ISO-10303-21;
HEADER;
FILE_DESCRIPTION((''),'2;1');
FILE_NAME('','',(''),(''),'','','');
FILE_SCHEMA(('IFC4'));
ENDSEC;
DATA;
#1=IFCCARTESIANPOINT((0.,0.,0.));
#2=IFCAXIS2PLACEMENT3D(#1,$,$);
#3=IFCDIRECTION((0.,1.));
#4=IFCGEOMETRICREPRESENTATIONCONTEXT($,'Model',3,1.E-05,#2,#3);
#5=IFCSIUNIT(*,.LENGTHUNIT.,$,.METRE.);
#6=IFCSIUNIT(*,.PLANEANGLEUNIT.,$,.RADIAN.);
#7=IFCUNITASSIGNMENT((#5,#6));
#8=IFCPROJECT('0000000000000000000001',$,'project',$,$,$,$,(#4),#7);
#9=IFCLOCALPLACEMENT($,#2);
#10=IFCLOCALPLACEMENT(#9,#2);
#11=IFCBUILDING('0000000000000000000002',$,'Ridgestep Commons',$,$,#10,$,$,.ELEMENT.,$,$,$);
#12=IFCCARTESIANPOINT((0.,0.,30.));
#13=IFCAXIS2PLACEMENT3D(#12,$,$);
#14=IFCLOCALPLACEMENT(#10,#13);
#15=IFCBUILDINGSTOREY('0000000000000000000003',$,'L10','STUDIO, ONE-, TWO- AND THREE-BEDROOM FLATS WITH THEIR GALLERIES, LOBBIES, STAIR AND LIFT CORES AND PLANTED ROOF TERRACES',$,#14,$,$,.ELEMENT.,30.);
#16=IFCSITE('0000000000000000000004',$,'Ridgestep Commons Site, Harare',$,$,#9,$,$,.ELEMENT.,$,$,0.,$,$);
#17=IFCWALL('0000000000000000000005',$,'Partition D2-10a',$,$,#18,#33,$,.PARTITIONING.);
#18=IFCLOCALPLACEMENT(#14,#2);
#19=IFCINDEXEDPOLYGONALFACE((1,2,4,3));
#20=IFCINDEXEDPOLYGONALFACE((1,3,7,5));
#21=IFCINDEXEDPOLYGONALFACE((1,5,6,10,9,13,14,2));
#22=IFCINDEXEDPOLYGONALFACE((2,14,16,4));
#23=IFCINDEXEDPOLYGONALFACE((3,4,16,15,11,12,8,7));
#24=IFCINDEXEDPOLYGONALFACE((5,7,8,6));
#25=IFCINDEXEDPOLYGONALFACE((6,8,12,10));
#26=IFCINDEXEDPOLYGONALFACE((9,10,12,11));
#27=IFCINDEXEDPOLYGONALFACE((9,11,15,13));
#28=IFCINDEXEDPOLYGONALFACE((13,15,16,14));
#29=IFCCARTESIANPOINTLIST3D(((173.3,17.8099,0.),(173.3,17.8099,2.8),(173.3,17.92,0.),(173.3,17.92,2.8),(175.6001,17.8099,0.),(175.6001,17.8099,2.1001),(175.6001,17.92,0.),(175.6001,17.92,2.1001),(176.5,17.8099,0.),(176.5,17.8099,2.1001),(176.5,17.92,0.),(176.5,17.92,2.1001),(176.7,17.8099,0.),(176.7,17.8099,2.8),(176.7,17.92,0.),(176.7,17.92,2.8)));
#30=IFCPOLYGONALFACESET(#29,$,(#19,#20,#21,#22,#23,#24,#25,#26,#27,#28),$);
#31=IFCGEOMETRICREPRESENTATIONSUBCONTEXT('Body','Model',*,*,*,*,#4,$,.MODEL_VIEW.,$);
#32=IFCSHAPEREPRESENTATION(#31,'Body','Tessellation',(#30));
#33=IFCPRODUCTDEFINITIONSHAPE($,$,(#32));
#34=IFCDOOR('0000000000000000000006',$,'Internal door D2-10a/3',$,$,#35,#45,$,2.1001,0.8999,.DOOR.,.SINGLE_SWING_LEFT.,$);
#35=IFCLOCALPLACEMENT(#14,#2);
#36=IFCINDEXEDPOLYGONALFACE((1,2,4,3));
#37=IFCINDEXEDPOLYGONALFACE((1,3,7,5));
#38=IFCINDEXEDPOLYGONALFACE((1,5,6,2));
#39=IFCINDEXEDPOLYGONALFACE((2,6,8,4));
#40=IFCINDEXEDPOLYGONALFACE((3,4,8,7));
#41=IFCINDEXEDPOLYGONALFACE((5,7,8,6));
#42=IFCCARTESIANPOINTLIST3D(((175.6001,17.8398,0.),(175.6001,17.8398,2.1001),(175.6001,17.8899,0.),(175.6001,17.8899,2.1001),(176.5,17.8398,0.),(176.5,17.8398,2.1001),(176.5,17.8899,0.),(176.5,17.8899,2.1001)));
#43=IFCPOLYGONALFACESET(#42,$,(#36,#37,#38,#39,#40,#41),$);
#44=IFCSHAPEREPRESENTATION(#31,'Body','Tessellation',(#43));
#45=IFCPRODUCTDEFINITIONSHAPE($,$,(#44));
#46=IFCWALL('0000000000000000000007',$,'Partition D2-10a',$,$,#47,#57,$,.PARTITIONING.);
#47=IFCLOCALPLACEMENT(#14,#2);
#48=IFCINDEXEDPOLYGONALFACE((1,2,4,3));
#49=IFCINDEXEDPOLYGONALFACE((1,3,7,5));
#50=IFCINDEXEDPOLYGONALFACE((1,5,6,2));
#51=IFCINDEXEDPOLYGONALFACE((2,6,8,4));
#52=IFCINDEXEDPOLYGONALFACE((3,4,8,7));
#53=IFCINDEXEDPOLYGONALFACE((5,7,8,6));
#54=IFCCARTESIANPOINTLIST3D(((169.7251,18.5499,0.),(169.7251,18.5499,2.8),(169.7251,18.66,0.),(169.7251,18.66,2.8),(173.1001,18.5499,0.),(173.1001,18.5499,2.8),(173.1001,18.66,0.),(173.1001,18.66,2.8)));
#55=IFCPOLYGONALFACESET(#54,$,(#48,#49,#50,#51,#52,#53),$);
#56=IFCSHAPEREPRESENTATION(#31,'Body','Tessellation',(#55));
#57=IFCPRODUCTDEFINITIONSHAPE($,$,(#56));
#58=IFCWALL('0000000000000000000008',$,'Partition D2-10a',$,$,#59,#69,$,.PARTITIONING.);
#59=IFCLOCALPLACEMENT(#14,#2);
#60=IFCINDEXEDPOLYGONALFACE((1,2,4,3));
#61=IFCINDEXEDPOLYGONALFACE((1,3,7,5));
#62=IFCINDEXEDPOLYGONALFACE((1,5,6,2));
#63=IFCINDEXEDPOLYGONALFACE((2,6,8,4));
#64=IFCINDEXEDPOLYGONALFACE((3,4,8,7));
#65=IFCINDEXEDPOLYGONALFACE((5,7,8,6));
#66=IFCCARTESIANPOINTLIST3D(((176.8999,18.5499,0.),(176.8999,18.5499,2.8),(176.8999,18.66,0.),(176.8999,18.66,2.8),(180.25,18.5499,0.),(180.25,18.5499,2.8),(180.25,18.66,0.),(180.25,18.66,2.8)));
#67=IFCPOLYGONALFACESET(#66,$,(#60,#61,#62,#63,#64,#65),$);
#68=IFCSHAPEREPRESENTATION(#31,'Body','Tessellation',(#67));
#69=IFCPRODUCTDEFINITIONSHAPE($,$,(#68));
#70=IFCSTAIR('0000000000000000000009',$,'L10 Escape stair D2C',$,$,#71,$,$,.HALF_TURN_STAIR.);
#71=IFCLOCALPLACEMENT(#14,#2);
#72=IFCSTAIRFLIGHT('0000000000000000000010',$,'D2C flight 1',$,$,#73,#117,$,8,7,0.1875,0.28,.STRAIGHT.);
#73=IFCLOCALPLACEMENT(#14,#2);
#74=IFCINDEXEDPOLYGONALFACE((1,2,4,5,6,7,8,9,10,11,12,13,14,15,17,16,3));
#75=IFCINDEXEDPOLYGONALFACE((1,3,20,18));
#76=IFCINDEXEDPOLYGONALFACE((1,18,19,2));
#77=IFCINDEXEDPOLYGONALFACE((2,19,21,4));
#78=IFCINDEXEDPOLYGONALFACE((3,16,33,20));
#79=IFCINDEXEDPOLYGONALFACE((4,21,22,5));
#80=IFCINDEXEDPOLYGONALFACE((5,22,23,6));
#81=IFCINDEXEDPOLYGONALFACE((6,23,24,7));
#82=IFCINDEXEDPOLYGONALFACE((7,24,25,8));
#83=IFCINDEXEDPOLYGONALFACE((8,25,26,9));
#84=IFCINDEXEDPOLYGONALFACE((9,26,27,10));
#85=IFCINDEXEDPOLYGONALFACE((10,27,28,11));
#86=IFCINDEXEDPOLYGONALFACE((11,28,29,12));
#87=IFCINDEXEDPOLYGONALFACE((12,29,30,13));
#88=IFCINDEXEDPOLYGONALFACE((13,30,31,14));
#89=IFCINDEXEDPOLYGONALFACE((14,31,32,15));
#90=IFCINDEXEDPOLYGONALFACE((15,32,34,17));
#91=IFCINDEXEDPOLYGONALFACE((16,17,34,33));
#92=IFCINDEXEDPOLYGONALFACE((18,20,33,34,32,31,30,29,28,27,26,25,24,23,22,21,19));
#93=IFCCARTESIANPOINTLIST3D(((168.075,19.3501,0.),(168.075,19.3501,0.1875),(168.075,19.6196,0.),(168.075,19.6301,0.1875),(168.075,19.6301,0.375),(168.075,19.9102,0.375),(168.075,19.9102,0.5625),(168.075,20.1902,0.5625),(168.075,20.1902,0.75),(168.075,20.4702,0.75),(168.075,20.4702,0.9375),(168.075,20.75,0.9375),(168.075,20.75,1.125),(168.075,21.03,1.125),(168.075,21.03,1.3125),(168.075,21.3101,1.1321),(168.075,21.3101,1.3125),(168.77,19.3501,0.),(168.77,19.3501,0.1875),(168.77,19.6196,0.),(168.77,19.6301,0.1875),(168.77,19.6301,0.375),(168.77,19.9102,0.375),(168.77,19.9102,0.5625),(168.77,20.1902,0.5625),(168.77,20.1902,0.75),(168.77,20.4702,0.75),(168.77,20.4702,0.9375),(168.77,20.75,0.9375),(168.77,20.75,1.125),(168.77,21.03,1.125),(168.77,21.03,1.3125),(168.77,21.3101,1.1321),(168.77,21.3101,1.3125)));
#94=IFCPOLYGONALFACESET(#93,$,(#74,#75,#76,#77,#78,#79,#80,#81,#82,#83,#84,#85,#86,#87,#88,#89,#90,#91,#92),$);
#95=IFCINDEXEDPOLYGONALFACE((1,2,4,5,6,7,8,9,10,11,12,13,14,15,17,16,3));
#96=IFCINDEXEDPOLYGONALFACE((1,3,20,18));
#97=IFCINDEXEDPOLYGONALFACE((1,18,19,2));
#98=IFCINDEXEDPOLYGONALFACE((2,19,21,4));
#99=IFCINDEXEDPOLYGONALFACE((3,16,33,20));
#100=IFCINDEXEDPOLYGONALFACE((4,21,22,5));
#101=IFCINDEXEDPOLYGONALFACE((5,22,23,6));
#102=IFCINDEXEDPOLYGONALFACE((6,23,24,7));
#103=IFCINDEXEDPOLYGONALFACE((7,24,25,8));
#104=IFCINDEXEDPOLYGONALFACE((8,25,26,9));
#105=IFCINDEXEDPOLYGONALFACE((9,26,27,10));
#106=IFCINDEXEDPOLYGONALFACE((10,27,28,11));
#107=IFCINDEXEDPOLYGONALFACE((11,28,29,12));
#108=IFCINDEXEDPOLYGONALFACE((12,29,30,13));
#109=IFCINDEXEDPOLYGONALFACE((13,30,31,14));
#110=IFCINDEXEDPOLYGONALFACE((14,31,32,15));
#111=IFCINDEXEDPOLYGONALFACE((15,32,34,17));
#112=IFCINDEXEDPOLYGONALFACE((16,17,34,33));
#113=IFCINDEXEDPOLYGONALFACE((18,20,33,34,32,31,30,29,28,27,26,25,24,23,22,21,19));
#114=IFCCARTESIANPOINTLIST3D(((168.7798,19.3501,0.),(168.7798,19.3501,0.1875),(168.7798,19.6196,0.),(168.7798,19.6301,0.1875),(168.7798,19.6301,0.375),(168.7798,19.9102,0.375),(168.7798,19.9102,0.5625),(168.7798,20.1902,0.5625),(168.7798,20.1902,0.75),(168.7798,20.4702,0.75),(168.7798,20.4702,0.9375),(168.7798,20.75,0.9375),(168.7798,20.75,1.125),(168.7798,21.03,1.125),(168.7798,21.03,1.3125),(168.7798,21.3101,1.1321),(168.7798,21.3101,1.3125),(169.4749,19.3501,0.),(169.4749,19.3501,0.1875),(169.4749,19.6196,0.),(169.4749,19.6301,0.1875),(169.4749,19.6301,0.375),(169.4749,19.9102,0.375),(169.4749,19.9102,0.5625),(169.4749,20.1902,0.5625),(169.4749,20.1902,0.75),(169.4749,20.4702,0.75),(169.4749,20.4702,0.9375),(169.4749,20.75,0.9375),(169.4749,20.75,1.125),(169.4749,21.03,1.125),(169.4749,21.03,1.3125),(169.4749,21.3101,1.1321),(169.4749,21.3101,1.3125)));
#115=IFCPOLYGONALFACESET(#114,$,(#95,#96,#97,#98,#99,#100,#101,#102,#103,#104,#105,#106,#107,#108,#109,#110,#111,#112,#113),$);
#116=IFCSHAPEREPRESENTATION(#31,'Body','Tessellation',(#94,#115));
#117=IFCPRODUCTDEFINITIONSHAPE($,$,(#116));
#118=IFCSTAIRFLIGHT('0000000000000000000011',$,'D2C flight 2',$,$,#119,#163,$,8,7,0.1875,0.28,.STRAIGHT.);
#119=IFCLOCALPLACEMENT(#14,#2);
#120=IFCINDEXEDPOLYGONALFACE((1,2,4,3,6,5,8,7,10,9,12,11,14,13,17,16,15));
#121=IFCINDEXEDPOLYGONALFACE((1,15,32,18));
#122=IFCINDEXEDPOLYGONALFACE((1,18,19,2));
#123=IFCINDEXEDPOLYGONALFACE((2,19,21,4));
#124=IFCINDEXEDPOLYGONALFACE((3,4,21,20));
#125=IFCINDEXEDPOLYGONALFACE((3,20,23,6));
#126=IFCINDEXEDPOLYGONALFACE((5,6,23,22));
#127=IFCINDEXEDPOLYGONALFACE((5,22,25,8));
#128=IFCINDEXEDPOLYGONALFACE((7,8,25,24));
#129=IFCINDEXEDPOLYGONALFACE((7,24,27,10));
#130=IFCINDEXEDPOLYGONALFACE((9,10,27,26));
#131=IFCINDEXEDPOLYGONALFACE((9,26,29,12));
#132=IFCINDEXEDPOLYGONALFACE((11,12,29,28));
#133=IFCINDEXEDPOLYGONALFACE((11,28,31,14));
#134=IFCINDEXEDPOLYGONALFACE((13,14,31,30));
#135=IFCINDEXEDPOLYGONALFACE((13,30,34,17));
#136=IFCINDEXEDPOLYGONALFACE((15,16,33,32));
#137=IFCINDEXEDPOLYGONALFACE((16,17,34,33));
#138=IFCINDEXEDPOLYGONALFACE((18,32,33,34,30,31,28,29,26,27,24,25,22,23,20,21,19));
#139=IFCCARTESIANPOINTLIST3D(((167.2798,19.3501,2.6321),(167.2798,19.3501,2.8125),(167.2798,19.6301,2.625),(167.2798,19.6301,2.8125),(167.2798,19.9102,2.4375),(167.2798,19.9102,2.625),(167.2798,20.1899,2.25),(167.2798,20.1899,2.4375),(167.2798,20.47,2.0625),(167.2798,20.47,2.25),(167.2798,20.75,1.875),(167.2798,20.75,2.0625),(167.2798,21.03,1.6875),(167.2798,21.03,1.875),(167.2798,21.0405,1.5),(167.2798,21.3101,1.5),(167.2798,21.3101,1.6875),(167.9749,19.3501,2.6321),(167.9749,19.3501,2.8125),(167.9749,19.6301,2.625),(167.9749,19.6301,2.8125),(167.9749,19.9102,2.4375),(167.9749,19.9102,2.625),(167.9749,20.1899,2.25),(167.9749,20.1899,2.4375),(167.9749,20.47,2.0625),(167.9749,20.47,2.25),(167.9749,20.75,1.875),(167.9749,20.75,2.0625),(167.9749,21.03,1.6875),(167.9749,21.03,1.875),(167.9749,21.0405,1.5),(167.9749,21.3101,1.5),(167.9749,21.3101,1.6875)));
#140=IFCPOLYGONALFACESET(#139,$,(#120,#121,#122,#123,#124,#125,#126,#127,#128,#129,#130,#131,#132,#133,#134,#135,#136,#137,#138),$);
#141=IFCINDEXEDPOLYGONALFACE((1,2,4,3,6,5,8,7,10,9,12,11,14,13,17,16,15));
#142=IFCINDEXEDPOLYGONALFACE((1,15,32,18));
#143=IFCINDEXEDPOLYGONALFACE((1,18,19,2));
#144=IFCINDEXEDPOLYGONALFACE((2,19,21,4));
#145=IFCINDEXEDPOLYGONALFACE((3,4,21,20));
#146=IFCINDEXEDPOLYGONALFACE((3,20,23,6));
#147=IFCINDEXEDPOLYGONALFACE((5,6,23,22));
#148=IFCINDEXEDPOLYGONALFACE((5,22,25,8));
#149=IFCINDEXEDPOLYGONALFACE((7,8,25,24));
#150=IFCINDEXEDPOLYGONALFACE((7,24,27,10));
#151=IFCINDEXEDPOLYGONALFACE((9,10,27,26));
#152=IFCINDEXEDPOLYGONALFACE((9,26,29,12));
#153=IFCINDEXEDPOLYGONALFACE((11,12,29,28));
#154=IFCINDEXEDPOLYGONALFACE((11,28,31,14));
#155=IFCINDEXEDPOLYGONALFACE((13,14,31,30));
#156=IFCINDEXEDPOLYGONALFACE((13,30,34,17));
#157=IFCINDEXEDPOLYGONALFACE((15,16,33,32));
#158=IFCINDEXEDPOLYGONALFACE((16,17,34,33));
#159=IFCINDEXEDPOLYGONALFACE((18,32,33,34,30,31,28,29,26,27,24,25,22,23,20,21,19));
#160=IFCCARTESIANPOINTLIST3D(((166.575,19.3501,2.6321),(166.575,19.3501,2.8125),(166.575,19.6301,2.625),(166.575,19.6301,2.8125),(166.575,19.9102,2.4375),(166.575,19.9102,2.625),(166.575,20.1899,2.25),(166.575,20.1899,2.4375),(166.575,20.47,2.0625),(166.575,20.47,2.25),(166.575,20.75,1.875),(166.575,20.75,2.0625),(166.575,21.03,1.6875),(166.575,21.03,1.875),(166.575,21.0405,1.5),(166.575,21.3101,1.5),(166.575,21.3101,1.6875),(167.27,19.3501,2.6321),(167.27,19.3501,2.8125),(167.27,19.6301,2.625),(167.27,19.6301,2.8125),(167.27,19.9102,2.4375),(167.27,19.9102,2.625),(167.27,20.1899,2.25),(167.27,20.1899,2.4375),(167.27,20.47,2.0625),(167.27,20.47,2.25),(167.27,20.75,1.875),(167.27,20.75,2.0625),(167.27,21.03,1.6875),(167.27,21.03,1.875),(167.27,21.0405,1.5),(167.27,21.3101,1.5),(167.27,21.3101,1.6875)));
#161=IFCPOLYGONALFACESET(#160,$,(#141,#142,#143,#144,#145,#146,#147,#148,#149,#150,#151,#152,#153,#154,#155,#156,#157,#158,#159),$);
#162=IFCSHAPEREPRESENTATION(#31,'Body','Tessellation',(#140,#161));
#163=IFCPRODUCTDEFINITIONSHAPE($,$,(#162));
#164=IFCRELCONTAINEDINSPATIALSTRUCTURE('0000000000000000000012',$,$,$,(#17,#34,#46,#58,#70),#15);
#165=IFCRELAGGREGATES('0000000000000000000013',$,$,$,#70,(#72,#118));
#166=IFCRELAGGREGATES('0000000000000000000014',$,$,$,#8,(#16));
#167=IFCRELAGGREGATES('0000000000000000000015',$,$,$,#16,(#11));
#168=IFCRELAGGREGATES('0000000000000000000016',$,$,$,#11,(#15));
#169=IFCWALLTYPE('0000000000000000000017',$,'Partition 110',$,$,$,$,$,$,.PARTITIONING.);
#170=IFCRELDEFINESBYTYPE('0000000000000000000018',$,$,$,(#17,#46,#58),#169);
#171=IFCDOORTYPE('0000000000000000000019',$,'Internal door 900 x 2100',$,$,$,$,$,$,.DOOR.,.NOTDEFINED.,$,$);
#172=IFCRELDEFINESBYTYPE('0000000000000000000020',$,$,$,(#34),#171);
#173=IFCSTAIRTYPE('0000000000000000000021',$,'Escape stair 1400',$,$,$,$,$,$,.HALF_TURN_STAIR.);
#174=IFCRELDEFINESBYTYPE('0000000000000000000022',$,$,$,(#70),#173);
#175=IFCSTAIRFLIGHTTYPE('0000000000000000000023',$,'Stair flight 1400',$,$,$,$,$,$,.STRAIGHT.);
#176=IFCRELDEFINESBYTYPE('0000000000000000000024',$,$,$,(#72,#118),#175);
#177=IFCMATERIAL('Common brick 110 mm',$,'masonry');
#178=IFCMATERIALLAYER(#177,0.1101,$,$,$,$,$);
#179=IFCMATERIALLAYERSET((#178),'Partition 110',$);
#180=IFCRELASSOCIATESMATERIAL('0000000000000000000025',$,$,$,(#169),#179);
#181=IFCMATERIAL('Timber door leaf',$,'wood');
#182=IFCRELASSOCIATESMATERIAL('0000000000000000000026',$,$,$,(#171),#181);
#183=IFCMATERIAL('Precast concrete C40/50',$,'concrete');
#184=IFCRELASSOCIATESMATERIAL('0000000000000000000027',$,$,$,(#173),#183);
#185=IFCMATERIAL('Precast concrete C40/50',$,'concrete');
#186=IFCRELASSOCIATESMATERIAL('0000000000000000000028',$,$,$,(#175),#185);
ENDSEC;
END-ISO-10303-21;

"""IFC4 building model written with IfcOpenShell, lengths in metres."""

from ifc_helpers import new_model, si_unit, direction, frame, frame_2d, origin, place, context, subcontext, project, spatial, polyline, rectangle, outline, extrude, material, layer, layer_set, type_object, element, fill, aggregate, save


model = new_model("IFC4")

# Units and contexts
model_context = context("Model", 3, precision=1e-05, world=origin(), true_north=direction((0.0, 1.0)))
body_context = subcontext(model_context, "Body", "Model", "MODEL_VIEW")
ifc_project = project(units=[si_unit("LENGTHUNIT", "METRE"), si_unit("PLANEANGLEUNIT", "RADIAN")], contexts=[model_context])

# Site, building, storey
site_placement = place(None, origin())
site = spatial("IfcSite", under=ifc_project, at=site_placement, Name="Ridgestep Commons Site, Harare", CompositionType="ELEMENT", RefElevation=0.0)
building_placement = place(site_placement, origin())
building = spatial("IfcBuilding", under=site, at=building_placement, Name="Ridgestep Commons", CompositionType="ELEMENT")
storey_placement = place(building_placement, frame((0.0, 0.0, 30.0)))
storey = spatial("IfcBuildingStorey", under=building, at=storey_placement, Name="L10", Description="STUDIO, ONE-, TWO- AND THREE-BEDROOM FLATS WITH THEIR GALLERIES, LOBBIES, STAIR AND LIFT CORES AND PLANTED ROOF TERRACES", CompositionType="ELEMENT", Elevation=30.0)

# Wall, opening, door
ifc_material_1 = material(Name="Common brick 110 mm", Category="masonry")
ifc_layer_1 = layer(ifc_material_1, 0.1101)
ifc_layer_set_1 = layer_set([ifc_layer_1], Name="Partition 110")
wall_type_1 = type_object("IfcWallType", Name="Partition 110", PredefinedType="PARTITIONING", material=ifc_layer_set_1)
wall_1_placement = place(storey_placement, frame((173.3, 17.865, 0.0), z_axis=(0.0, 0.0, 1.0), x_axis=(1.0, 0.0, 0.0)))
wall_1 = element("IfcWall", 1, at=wall_1_placement, inside=storey, type_object=wall_type_1, Name="Partition D2-10a", PredefinedType="PARTITIONING", context=body_context, shape_type="SweptSolid", body=[
    extrude(rectangle(XDim=3.3999, YDim=0.1101, at=frame_2d((1.7, 0.0))), origin(), (0.0, 0.0, 1.0), 2.8),
])
opening_1_placement = place(wall_1_placement, frame((2.3, 0.0, 0.0)))
opening_1 = element("IfcOpeningElement", 2, at=opening_1_placement, cuts=wall_1, PredefinedType="OPENING", context=body_context, shape_type="SweptSolid", body=[
    extrude(rectangle(XDim=0.8999, YDim=2.1001, at=frame_2d((0.45, 1.05))), frame((0.0, 0.0649, 0.0), z_axis=(0.0, -1.0, 0.0), x_axis=(1.0, 0.0, 0.0)), (0.0, 0.0, 1.0), 0.1301),
])
ifc_material_2 = material(Name="Timber door leaf", Category="wood")
door_type_1 = type_object("IfcDoorType", Name="Internal door 900 x 2100", OperationType="NOTDEFINED", PredefinedType="DOOR", material=ifc_material_2)
door_1_placement = place(opening_1_placement, origin())
door_1 = element("IfcDoor", 3, at=door_1_placement, inside=storey, type_object=door_type_1, Name="Internal door D2-10a/3", OperationType="SINGLE_SWING_LEFT", OverallHeight=2.1001, OverallWidth=0.8999, PredefinedType="DOOR", context=body_context, shape_type="SweptSolid", body=[
    extrude(rectangle(XDim=0.8999, YDim=2.1001, at=frame_2d((0.45, 1.05))), frame((0.0, 0.0249, 0.0), z_axis=(0.0, -1.0, 0.0), x_axis=(1.0, 0.0, 0.0)), (0.0, 0.0, 1.0), 0.05),
])
fill(opening_1, door_1)

# Walls
wall_2_placement = place(storey_placement, frame((169.7251, 18.605, 0.0), z_axis=(0.0, 0.0, 1.0), x_axis=(1.0, 0.0, 0.0)))
element("IfcWall", 4, at=wall_2_placement, inside=storey, type_object=wall_type_1, Name="Partition D2-10a", PredefinedType="PARTITIONING", context=body_context, shape_type="SweptSolid", body=[
    extrude(rectangle(XDim=3.375, YDim=0.1101, at=frame_2d((1.6875, 0.0))), origin(), (0.0, 0.0, 1.0), 2.8),
])
wall_3_placement = place(storey_placement, frame((176.8999, 18.605, 0.0), z_axis=(0.0, 0.0, 1.0), x_axis=(1.0, 0.0, 0.0)))
element("IfcWall", 5, at=wall_3_placement, inside=storey, type_object=wall_type_1, Name="Partition D2-10a", PredefinedType="PARTITIONING", context=body_context, shape_type="SweptSolid", body=[
    extrude(rectangle(XDim=3.3501, YDim=0.1101, at=frame_2d((1.675, 0.0))), origin(), (0.0, 0.0, 1.0), 2.8),
])

# Stair, stair flights
ifc_material_3 = material(Name="Precast concrete C40/50", Category="concrete")
stair_type = type_object("IfcStairType", Name="Escape stair 1400", PredefinedType="HALF_TURN_STAIR", material=ifc_material_3)
stair_placement = place(storey_placement, origin())
stair = element("IfcStair", 6, at=stair_placement, inside=storey, type_object=stair_type, Name="L10 Escape stair D2C", PredefinedType="HALF_TURN_STAIR")
ifc_material_4 = material(Name="Precast concrete C40/50", Category="concrete")
stair_flight_type = type_object("IfcStairFlightType", Name="Stair flight 1400", PredefinedType="STRAIGHT", material=ifc_material_4)
stair_flight_1_placement = place(storey_placement, frame((168.7749, 19.3501, 0.0), z_axis=(0.0, 0.0, 1.0), x_axis=(0.0, 1.0, 0.0)))
stair_flight_1 = element("IfcStairFlight", 7, at=stair_flight_1_placement, type_object=stair_flight_type, Name="D2C flight 1", NumberOfRisers=8, NumberOfTreads=7, PredefinedType="STRAIGHT", RiserHeight=0.1875, TreadLength=0.28, context=body_context, shape_type="SweptSolid", body=[
    extrude(outline(polyline([(0.0, 0.0), (0.0, 0.1875), (0.28, 0.1875), (0.28, 0.375), (0.5601, 0.375), (0.5601, 0.5625), (0.8401, 0.5625), (0.8401, 0.75), (1.1201, 0.75), (1.1201, 0.9375), (1.3999, 0.9375), (1.3999, 1.125), (1.6799, 1.125), (1.6799, 1.3125), (1.96, 1.3125), (1.96, 1.5), (1.96, 1.1321), (0.2695, 0.0), (0.0, 0.0)])), frame((0.0, 0.7, 0.0), z_axis=(0.0, -1.0, 0.0), x_axis=(1.0, 0.0, 0.0)), (0.0, 0.0, 1.0), 0.6951),
    extrude(outline(polyline([(0.0, 0.0), (0.0, 0.1875), (0.28, 0.1875), (0.28, 0.375), (0.5601, 0.375), (0.5601, 0.5625), (0.8401, 0.5625), (0.8401, 0.75), (1.1201, 0.75), (1.1201, 0.9375), (1.3999, 0.9375), (1.3999, 1.125), (1.6799, 1.125), (1.6799, 1.3125), (1.96, 1.3125), (1.96, 1.5), (1.96, 1.1321), (0.2695, 0.0), (0.0, 0.0)])), frame((0.0, -0.0049, 0.0), z_axis=(0.0, -1.0, 0.0), x_axis=(1.0, 0.0, 0.0)), (0.0, 0.0, 1.0), 0.6951),
])
stair_flight_2_placement = place(storey_placement, frame((167.2749, 21.3101, 1.5), z_axis=(0.0, 0.0, 1.0), x_axis=(0.0, -1.0, 0.0)))
stair_flight_2 = element("IfcStairFlight", 8, at=stair_flight_2_placement, type_object=stair_flight_type, Name="D2C flight 2", NumberOfRisers=8, NumberOfTreads=7, PredefinedType="STRAIGHT", RiserHeight=0.1875, TreadLength=0.28, context=body_context, shape_type="SweptSolid", body=[
    extrude(outline(polyline([(0.0, 0.0), (0.0, 0.1875), (0.28, 0.1875), (0.28, 0.375), (0.5601, 0.375), (0.5601, 0.5625), (0.8401, 0.5625), (0.8401, 0.75), (1.1201, 0.75), (1.1201, 0.9375), (1.3999, 0.9375), (1.3999, 1.125), (1.6799, 1.125), (1.6799, 1.3125), (1.96, 1.3125), (1.96, 1.5), (1.96, 1.1321), (0.2695, 0.0), (0.0, 0.0)])), frame((0.0, 0.7, 0.0), z_axis=(0.0, -1.0, 0.0), x_axis=(1.0, 0.0, 0.0)), (0.0, 0.0, 1.0), 0.6951),
    extrude(outline(polyline([(0.0, 0.0), (0.0, 0.1875), (0.28, 0.1875), (0.28, 0.375), (0.5601, 0.375), (0.5601, 0.5625), (0.8401, 0.5625), (0.8401, 0.75), (1.1201, 0.75), (1.1201, 0.9375), (1.3999, 0.9375), (1.3999, 1.125), (1.6799, 1.125), (1.6799, 1.3125), (1.96, 1.3125), (1.96, 1.5), (1.96, 1.1321), (0.2695, 0.0), (0.0, 0.0)])), frame((0.0, -0.0049, 0.0), z_axis=(0.0, -1.0, 0.0), x_axis=(1.0, 0.0, 0.0)), (0.0, 0.0, 1.0), 0.6951),
])
aggregate(stair, [stair_flight_1, stair_flight_2])

save(model, "model.ifc")
